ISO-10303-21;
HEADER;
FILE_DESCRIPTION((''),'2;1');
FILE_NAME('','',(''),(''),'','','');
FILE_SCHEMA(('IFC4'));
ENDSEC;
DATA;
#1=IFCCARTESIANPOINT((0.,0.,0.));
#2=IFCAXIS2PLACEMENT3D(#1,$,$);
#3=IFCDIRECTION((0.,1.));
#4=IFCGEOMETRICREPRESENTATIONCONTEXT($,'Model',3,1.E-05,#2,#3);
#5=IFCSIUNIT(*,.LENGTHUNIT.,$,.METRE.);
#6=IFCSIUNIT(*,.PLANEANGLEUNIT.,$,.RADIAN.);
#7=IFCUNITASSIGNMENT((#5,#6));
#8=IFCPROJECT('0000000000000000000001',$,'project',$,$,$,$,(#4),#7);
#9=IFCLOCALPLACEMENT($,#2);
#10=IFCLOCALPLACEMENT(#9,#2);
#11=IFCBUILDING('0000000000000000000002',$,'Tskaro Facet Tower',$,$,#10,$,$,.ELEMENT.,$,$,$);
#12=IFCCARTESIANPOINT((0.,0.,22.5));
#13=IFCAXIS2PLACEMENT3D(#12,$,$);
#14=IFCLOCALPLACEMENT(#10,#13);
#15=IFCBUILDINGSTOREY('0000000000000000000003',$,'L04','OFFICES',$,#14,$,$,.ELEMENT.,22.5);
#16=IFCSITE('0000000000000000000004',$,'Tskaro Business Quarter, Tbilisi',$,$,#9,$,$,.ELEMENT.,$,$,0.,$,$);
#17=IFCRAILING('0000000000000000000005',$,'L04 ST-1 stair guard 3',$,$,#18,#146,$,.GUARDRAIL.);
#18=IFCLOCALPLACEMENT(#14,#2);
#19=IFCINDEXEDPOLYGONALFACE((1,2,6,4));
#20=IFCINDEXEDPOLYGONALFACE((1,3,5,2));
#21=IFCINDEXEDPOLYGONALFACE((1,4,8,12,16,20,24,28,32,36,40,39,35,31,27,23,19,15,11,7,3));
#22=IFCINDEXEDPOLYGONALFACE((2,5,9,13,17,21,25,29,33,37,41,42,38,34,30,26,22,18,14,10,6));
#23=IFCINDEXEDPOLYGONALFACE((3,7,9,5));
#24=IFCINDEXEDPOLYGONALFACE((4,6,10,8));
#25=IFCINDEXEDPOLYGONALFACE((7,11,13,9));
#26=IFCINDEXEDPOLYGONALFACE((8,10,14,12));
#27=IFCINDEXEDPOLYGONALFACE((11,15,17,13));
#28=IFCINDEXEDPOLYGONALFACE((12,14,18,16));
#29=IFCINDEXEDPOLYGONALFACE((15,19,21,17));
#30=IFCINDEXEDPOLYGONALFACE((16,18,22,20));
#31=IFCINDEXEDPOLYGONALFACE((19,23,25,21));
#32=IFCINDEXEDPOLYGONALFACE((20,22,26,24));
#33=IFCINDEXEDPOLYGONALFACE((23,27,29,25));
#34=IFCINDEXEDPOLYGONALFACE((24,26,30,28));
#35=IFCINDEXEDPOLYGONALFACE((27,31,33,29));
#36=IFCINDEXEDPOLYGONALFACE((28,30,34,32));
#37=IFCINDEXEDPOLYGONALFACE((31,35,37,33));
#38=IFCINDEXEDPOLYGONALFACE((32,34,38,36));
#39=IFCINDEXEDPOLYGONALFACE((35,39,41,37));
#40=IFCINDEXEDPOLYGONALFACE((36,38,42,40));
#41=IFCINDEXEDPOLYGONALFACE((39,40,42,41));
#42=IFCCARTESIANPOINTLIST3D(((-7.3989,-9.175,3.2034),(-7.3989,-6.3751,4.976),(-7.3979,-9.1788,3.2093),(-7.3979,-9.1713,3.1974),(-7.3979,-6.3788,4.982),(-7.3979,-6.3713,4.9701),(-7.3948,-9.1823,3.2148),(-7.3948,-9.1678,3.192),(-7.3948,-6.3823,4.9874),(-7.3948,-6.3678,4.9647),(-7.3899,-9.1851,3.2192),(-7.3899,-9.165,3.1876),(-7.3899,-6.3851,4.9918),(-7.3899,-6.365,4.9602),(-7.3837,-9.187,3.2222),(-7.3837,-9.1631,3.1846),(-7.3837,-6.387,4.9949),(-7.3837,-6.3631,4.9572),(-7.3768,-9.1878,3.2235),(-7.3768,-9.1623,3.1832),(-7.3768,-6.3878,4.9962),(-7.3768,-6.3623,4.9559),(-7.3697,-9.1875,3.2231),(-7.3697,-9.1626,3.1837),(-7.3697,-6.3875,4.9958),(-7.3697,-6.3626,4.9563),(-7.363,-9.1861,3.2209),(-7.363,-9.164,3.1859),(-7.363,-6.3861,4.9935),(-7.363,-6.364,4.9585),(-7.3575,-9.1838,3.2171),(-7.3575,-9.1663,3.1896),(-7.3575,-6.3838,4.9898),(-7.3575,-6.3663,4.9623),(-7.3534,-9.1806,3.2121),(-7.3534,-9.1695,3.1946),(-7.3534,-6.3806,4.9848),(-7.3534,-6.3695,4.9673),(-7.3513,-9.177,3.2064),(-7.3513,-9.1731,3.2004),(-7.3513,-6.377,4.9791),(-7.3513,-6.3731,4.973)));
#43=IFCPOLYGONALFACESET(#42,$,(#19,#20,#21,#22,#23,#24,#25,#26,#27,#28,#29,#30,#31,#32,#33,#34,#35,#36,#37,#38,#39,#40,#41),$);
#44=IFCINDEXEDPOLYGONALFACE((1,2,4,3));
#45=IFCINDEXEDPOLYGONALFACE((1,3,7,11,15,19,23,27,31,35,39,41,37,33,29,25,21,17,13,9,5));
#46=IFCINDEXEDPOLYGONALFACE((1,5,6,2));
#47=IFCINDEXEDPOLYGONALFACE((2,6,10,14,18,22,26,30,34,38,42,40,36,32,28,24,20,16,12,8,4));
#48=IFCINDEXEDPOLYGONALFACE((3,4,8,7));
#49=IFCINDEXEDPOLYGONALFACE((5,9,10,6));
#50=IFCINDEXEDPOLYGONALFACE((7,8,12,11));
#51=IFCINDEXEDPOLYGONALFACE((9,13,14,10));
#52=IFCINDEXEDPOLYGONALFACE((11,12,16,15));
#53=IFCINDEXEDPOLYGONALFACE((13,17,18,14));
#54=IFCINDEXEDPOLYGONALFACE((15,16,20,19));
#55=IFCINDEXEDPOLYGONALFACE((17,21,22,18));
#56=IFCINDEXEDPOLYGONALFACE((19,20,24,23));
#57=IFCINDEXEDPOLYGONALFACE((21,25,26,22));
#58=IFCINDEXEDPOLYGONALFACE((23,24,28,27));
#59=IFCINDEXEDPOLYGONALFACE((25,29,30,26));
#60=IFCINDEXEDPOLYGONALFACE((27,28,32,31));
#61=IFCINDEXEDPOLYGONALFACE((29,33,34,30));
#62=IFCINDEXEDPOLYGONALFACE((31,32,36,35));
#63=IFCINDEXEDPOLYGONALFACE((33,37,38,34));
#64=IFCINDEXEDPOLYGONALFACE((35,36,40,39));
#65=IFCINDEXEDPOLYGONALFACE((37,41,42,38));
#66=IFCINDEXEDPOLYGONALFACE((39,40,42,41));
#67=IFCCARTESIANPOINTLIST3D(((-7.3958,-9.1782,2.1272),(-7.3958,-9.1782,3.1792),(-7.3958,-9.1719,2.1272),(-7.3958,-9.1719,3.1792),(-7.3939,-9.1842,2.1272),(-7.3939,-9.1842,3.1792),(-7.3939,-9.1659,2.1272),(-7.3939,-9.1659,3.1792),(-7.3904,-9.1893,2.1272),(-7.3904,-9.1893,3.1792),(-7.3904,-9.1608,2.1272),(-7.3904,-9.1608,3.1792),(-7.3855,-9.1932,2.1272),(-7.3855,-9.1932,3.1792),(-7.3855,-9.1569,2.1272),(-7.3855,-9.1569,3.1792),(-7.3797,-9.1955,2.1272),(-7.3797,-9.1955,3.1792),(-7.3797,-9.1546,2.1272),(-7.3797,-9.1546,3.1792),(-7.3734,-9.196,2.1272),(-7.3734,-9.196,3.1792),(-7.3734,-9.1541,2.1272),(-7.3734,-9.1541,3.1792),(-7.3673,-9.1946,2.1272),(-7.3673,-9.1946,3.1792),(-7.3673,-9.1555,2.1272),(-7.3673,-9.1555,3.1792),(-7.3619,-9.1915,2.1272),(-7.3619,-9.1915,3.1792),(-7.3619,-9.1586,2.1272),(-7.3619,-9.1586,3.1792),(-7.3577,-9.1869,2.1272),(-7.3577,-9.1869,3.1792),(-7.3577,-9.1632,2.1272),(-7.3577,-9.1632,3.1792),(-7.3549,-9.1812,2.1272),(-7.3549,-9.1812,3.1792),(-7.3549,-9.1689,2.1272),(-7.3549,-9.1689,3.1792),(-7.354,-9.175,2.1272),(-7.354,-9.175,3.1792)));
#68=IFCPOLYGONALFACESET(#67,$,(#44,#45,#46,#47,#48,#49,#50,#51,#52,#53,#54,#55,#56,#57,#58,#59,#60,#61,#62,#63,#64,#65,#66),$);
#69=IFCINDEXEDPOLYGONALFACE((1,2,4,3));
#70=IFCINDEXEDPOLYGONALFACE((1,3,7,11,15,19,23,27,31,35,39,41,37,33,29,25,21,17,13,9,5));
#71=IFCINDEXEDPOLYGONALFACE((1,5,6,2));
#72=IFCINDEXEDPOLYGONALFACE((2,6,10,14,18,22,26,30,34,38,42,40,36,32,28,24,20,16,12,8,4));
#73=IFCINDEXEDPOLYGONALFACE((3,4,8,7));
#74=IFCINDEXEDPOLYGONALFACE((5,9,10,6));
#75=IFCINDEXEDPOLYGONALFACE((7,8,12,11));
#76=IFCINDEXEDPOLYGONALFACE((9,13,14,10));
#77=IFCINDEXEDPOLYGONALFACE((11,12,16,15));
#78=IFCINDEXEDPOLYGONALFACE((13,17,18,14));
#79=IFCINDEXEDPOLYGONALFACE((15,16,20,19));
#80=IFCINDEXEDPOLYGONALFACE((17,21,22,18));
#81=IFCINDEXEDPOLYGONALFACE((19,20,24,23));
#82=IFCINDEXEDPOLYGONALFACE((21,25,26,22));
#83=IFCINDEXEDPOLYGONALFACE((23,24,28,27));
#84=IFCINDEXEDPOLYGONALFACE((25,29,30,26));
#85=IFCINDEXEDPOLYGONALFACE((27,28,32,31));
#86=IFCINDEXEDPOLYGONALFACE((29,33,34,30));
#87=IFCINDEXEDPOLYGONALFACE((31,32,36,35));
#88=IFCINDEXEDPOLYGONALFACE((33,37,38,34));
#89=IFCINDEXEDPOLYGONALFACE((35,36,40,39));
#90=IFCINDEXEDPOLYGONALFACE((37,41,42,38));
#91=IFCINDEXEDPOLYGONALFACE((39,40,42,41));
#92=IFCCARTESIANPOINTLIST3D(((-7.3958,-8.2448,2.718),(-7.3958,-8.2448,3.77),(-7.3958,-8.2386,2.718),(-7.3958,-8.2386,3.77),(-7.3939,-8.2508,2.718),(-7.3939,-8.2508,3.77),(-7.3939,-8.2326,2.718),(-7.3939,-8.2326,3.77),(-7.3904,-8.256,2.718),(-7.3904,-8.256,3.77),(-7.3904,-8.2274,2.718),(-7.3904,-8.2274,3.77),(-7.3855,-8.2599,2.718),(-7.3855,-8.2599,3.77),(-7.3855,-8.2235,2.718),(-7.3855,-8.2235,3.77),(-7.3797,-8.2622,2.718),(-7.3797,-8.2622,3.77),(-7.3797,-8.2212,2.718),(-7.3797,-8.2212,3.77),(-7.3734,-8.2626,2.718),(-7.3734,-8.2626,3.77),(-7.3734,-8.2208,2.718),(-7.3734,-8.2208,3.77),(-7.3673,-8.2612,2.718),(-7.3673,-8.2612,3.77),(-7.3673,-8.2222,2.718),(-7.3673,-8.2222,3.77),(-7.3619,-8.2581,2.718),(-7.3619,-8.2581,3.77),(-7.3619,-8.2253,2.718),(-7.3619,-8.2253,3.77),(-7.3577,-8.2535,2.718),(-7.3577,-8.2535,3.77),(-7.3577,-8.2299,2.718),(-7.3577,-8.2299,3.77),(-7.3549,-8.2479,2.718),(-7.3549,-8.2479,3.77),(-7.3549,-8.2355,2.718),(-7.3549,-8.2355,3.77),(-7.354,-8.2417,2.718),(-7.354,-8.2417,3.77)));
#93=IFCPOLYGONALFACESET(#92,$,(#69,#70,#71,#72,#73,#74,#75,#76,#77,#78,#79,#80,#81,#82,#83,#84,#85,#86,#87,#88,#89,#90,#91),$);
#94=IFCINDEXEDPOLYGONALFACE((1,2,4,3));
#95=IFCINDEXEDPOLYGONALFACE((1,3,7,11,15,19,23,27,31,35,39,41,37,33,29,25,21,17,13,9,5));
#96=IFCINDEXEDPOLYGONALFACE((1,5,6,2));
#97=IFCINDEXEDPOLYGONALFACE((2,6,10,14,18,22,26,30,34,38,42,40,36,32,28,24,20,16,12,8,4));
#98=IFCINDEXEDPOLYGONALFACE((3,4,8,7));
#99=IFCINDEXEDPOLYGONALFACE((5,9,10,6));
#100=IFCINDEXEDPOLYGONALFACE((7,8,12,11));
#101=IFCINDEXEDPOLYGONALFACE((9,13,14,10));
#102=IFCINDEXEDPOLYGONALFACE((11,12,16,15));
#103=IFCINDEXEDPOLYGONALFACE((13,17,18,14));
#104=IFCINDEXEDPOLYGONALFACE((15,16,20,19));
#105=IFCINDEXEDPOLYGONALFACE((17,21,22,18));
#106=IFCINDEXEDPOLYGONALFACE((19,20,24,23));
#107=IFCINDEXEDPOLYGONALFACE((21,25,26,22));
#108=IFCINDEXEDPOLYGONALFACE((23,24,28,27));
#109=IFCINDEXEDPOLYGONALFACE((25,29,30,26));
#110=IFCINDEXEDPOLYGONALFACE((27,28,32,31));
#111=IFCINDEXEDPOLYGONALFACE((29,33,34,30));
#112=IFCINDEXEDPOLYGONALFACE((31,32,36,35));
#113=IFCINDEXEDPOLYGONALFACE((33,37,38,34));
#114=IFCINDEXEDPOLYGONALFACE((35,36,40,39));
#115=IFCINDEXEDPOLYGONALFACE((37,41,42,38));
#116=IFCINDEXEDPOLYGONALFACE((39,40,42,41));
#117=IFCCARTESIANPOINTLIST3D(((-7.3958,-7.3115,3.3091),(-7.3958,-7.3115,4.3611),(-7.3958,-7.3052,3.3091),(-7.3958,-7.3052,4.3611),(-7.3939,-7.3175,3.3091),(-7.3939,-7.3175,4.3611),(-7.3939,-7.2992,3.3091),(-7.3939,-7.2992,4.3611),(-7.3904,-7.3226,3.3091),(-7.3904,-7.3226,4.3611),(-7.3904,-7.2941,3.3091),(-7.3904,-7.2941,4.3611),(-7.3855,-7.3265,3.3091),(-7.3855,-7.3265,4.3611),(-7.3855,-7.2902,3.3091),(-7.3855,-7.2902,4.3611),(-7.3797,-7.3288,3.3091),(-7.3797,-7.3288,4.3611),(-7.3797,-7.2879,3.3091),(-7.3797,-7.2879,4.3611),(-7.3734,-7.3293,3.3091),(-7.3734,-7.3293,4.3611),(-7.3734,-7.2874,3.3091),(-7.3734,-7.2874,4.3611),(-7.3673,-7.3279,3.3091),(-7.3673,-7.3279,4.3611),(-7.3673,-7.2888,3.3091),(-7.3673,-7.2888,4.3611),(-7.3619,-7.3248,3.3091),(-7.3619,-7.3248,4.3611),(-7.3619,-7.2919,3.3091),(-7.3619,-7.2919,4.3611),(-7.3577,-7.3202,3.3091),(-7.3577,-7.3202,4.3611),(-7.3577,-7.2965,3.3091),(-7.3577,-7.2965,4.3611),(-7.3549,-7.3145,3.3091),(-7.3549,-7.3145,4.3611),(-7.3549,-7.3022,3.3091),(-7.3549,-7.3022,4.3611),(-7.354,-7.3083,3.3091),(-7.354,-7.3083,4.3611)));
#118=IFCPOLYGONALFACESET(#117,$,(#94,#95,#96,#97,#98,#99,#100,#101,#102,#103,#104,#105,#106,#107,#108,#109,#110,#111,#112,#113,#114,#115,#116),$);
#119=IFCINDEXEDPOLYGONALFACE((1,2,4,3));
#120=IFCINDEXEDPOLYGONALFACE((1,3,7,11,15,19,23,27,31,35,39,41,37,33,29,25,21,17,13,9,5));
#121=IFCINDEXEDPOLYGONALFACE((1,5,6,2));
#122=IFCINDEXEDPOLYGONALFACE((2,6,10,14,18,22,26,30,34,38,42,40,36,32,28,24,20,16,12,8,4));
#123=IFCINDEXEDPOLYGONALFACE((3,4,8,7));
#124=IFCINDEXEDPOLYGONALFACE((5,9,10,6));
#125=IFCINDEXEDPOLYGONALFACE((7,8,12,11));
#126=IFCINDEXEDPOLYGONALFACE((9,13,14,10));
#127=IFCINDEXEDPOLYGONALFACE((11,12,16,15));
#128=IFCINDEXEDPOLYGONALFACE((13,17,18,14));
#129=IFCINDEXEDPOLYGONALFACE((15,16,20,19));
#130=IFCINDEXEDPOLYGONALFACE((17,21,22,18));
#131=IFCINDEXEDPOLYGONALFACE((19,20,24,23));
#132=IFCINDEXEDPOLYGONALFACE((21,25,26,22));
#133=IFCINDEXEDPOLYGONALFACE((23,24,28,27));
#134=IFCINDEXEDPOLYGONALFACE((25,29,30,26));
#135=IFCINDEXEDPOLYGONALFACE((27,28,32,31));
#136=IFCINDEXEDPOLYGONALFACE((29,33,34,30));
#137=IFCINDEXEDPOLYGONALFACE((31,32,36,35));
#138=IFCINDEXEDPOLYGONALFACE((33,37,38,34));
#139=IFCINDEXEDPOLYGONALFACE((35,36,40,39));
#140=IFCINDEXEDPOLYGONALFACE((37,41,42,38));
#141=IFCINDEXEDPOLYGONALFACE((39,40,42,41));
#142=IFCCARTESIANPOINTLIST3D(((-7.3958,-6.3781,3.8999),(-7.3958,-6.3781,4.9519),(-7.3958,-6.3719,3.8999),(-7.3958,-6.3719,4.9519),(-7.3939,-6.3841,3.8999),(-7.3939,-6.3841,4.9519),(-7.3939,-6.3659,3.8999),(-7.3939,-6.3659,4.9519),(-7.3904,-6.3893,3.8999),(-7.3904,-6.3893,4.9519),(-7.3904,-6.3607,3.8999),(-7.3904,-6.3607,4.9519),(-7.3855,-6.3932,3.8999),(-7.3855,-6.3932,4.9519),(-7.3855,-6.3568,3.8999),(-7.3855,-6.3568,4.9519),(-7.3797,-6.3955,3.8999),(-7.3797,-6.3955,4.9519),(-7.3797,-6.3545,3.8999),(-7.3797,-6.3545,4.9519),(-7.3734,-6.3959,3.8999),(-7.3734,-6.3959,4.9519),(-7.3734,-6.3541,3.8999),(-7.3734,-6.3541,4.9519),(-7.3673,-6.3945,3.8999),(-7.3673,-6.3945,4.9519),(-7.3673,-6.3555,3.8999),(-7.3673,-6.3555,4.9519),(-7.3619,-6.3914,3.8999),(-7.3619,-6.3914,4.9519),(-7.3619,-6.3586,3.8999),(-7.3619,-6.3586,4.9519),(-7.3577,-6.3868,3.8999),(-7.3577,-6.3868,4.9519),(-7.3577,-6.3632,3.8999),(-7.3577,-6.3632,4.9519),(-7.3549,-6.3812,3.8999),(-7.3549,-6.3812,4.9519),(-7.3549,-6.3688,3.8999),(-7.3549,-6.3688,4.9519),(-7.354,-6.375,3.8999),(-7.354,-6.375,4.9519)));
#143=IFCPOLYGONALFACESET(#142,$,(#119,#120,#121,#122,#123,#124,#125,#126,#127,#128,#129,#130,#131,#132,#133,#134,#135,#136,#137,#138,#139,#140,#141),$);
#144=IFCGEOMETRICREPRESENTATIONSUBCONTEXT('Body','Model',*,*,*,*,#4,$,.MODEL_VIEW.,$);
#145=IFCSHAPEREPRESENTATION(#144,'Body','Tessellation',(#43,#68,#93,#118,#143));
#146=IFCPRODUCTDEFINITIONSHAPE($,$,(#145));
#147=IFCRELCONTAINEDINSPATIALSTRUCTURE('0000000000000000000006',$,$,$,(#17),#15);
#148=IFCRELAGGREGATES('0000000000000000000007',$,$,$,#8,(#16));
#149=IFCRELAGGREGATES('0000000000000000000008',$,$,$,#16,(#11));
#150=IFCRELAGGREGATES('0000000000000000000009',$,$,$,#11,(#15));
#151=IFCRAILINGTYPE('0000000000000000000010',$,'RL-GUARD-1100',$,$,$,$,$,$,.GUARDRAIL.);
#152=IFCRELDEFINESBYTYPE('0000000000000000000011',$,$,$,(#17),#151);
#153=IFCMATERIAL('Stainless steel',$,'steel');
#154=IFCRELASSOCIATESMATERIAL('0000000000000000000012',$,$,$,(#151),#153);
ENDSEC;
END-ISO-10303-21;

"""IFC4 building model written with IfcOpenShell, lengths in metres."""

from ifc_helpers import new_model, si_unit, direction, frame, origin, origin_2d, place, context, subcontext, project, spatial, circle, extrude, material, type_object, element, save


model = new_model("IFC4")

# Units and contexts
model_context = context("Model", 3, precision=1e-05, world=origin(), true_north=direction((0.0, 1.0)))
body_context = subcontext(model_context, "Body", "Model", "MODEL_VIEW")
ifc_project = project(units=[si_unit("LENGTHUNIT", "METRE"), si_unit("PLANEANGLEUNIT", "RADIAN")], contexts=[model_context])

# Site, building, storey
site_placement = place(None, origin())
site = spatial("IfcSite", under=ifc_project, at=site_placement, Name="Tskaro Business Quarter, Tbilisi", CompositionType="ELEMENT", RefElevation=0.0)
building_placement = place(site_placement, origin())
building = spatial("IfcBuilding", under=site, at=building_placement, Name="Tskaro Facet Tower", CompositionType="ELEMENT")
storey_placement = place(building_placement, frame((0.0, 0.0, 22.5)))
storey = spatial("IfcBuildingStorey", under=building, at=storey_placement, Name="L04", Description="OFFICES", CompositionType="ELEMENT", Elevation=22.5)

# Shared definitions
ifc_material_1 = material(Name="Stainless steel", Category="steel")

# Railing
railing_type_1 = type_object("IfcRailingType", Name="RL-GUARD-1100", PredefinedType="GUARDRAIL", material=ifc_material_1)
railing_1_placement = place(storey_placement, frame((-7.375, -9.175, 2.1272)))
element("IfcRailing", 1, at=railing_1_placement, inside=storey, type_object=railing_type_1, Name="L04 ST-1 stair guard 3", PredefinedType="GUARDRAIL", context=body_context, shape_type="SweptSolid", body=[
    extrude(circle(Radius=0.0239, at=origin_2d()), frame((0.0, 0.0, 1.0762), z_axis=(0.0, 0.844909, 0.53491), x_axis=(-1.0, 0.0, 0.0)), (0.0, 0.0, 1.0), 3.314),
    extrude(circle(Radius=0.021, at=origin_2d()), origin(), (0.0, 0.0, 1.0), 1.052),
    extrude(circle(Radius=0.021, at=origin_2d()), frame((0.0, 0.9333, 0.5908)), (0.0, 0.0, 1.0), 1.052),
    extrude(circle(Radius=0.021, at=origin_2d()), frame((0.0, 1.8667, 1.1819)), (0.0, 0.0, 1.0), 1.052),
    extrude(circle(Radius=0.021, at=origin_2d()), frame((0.0, 2.8, 1.7727)), (0.0, 0.0, 1.0), 1.052),
])

save(model, "model.ifc")
